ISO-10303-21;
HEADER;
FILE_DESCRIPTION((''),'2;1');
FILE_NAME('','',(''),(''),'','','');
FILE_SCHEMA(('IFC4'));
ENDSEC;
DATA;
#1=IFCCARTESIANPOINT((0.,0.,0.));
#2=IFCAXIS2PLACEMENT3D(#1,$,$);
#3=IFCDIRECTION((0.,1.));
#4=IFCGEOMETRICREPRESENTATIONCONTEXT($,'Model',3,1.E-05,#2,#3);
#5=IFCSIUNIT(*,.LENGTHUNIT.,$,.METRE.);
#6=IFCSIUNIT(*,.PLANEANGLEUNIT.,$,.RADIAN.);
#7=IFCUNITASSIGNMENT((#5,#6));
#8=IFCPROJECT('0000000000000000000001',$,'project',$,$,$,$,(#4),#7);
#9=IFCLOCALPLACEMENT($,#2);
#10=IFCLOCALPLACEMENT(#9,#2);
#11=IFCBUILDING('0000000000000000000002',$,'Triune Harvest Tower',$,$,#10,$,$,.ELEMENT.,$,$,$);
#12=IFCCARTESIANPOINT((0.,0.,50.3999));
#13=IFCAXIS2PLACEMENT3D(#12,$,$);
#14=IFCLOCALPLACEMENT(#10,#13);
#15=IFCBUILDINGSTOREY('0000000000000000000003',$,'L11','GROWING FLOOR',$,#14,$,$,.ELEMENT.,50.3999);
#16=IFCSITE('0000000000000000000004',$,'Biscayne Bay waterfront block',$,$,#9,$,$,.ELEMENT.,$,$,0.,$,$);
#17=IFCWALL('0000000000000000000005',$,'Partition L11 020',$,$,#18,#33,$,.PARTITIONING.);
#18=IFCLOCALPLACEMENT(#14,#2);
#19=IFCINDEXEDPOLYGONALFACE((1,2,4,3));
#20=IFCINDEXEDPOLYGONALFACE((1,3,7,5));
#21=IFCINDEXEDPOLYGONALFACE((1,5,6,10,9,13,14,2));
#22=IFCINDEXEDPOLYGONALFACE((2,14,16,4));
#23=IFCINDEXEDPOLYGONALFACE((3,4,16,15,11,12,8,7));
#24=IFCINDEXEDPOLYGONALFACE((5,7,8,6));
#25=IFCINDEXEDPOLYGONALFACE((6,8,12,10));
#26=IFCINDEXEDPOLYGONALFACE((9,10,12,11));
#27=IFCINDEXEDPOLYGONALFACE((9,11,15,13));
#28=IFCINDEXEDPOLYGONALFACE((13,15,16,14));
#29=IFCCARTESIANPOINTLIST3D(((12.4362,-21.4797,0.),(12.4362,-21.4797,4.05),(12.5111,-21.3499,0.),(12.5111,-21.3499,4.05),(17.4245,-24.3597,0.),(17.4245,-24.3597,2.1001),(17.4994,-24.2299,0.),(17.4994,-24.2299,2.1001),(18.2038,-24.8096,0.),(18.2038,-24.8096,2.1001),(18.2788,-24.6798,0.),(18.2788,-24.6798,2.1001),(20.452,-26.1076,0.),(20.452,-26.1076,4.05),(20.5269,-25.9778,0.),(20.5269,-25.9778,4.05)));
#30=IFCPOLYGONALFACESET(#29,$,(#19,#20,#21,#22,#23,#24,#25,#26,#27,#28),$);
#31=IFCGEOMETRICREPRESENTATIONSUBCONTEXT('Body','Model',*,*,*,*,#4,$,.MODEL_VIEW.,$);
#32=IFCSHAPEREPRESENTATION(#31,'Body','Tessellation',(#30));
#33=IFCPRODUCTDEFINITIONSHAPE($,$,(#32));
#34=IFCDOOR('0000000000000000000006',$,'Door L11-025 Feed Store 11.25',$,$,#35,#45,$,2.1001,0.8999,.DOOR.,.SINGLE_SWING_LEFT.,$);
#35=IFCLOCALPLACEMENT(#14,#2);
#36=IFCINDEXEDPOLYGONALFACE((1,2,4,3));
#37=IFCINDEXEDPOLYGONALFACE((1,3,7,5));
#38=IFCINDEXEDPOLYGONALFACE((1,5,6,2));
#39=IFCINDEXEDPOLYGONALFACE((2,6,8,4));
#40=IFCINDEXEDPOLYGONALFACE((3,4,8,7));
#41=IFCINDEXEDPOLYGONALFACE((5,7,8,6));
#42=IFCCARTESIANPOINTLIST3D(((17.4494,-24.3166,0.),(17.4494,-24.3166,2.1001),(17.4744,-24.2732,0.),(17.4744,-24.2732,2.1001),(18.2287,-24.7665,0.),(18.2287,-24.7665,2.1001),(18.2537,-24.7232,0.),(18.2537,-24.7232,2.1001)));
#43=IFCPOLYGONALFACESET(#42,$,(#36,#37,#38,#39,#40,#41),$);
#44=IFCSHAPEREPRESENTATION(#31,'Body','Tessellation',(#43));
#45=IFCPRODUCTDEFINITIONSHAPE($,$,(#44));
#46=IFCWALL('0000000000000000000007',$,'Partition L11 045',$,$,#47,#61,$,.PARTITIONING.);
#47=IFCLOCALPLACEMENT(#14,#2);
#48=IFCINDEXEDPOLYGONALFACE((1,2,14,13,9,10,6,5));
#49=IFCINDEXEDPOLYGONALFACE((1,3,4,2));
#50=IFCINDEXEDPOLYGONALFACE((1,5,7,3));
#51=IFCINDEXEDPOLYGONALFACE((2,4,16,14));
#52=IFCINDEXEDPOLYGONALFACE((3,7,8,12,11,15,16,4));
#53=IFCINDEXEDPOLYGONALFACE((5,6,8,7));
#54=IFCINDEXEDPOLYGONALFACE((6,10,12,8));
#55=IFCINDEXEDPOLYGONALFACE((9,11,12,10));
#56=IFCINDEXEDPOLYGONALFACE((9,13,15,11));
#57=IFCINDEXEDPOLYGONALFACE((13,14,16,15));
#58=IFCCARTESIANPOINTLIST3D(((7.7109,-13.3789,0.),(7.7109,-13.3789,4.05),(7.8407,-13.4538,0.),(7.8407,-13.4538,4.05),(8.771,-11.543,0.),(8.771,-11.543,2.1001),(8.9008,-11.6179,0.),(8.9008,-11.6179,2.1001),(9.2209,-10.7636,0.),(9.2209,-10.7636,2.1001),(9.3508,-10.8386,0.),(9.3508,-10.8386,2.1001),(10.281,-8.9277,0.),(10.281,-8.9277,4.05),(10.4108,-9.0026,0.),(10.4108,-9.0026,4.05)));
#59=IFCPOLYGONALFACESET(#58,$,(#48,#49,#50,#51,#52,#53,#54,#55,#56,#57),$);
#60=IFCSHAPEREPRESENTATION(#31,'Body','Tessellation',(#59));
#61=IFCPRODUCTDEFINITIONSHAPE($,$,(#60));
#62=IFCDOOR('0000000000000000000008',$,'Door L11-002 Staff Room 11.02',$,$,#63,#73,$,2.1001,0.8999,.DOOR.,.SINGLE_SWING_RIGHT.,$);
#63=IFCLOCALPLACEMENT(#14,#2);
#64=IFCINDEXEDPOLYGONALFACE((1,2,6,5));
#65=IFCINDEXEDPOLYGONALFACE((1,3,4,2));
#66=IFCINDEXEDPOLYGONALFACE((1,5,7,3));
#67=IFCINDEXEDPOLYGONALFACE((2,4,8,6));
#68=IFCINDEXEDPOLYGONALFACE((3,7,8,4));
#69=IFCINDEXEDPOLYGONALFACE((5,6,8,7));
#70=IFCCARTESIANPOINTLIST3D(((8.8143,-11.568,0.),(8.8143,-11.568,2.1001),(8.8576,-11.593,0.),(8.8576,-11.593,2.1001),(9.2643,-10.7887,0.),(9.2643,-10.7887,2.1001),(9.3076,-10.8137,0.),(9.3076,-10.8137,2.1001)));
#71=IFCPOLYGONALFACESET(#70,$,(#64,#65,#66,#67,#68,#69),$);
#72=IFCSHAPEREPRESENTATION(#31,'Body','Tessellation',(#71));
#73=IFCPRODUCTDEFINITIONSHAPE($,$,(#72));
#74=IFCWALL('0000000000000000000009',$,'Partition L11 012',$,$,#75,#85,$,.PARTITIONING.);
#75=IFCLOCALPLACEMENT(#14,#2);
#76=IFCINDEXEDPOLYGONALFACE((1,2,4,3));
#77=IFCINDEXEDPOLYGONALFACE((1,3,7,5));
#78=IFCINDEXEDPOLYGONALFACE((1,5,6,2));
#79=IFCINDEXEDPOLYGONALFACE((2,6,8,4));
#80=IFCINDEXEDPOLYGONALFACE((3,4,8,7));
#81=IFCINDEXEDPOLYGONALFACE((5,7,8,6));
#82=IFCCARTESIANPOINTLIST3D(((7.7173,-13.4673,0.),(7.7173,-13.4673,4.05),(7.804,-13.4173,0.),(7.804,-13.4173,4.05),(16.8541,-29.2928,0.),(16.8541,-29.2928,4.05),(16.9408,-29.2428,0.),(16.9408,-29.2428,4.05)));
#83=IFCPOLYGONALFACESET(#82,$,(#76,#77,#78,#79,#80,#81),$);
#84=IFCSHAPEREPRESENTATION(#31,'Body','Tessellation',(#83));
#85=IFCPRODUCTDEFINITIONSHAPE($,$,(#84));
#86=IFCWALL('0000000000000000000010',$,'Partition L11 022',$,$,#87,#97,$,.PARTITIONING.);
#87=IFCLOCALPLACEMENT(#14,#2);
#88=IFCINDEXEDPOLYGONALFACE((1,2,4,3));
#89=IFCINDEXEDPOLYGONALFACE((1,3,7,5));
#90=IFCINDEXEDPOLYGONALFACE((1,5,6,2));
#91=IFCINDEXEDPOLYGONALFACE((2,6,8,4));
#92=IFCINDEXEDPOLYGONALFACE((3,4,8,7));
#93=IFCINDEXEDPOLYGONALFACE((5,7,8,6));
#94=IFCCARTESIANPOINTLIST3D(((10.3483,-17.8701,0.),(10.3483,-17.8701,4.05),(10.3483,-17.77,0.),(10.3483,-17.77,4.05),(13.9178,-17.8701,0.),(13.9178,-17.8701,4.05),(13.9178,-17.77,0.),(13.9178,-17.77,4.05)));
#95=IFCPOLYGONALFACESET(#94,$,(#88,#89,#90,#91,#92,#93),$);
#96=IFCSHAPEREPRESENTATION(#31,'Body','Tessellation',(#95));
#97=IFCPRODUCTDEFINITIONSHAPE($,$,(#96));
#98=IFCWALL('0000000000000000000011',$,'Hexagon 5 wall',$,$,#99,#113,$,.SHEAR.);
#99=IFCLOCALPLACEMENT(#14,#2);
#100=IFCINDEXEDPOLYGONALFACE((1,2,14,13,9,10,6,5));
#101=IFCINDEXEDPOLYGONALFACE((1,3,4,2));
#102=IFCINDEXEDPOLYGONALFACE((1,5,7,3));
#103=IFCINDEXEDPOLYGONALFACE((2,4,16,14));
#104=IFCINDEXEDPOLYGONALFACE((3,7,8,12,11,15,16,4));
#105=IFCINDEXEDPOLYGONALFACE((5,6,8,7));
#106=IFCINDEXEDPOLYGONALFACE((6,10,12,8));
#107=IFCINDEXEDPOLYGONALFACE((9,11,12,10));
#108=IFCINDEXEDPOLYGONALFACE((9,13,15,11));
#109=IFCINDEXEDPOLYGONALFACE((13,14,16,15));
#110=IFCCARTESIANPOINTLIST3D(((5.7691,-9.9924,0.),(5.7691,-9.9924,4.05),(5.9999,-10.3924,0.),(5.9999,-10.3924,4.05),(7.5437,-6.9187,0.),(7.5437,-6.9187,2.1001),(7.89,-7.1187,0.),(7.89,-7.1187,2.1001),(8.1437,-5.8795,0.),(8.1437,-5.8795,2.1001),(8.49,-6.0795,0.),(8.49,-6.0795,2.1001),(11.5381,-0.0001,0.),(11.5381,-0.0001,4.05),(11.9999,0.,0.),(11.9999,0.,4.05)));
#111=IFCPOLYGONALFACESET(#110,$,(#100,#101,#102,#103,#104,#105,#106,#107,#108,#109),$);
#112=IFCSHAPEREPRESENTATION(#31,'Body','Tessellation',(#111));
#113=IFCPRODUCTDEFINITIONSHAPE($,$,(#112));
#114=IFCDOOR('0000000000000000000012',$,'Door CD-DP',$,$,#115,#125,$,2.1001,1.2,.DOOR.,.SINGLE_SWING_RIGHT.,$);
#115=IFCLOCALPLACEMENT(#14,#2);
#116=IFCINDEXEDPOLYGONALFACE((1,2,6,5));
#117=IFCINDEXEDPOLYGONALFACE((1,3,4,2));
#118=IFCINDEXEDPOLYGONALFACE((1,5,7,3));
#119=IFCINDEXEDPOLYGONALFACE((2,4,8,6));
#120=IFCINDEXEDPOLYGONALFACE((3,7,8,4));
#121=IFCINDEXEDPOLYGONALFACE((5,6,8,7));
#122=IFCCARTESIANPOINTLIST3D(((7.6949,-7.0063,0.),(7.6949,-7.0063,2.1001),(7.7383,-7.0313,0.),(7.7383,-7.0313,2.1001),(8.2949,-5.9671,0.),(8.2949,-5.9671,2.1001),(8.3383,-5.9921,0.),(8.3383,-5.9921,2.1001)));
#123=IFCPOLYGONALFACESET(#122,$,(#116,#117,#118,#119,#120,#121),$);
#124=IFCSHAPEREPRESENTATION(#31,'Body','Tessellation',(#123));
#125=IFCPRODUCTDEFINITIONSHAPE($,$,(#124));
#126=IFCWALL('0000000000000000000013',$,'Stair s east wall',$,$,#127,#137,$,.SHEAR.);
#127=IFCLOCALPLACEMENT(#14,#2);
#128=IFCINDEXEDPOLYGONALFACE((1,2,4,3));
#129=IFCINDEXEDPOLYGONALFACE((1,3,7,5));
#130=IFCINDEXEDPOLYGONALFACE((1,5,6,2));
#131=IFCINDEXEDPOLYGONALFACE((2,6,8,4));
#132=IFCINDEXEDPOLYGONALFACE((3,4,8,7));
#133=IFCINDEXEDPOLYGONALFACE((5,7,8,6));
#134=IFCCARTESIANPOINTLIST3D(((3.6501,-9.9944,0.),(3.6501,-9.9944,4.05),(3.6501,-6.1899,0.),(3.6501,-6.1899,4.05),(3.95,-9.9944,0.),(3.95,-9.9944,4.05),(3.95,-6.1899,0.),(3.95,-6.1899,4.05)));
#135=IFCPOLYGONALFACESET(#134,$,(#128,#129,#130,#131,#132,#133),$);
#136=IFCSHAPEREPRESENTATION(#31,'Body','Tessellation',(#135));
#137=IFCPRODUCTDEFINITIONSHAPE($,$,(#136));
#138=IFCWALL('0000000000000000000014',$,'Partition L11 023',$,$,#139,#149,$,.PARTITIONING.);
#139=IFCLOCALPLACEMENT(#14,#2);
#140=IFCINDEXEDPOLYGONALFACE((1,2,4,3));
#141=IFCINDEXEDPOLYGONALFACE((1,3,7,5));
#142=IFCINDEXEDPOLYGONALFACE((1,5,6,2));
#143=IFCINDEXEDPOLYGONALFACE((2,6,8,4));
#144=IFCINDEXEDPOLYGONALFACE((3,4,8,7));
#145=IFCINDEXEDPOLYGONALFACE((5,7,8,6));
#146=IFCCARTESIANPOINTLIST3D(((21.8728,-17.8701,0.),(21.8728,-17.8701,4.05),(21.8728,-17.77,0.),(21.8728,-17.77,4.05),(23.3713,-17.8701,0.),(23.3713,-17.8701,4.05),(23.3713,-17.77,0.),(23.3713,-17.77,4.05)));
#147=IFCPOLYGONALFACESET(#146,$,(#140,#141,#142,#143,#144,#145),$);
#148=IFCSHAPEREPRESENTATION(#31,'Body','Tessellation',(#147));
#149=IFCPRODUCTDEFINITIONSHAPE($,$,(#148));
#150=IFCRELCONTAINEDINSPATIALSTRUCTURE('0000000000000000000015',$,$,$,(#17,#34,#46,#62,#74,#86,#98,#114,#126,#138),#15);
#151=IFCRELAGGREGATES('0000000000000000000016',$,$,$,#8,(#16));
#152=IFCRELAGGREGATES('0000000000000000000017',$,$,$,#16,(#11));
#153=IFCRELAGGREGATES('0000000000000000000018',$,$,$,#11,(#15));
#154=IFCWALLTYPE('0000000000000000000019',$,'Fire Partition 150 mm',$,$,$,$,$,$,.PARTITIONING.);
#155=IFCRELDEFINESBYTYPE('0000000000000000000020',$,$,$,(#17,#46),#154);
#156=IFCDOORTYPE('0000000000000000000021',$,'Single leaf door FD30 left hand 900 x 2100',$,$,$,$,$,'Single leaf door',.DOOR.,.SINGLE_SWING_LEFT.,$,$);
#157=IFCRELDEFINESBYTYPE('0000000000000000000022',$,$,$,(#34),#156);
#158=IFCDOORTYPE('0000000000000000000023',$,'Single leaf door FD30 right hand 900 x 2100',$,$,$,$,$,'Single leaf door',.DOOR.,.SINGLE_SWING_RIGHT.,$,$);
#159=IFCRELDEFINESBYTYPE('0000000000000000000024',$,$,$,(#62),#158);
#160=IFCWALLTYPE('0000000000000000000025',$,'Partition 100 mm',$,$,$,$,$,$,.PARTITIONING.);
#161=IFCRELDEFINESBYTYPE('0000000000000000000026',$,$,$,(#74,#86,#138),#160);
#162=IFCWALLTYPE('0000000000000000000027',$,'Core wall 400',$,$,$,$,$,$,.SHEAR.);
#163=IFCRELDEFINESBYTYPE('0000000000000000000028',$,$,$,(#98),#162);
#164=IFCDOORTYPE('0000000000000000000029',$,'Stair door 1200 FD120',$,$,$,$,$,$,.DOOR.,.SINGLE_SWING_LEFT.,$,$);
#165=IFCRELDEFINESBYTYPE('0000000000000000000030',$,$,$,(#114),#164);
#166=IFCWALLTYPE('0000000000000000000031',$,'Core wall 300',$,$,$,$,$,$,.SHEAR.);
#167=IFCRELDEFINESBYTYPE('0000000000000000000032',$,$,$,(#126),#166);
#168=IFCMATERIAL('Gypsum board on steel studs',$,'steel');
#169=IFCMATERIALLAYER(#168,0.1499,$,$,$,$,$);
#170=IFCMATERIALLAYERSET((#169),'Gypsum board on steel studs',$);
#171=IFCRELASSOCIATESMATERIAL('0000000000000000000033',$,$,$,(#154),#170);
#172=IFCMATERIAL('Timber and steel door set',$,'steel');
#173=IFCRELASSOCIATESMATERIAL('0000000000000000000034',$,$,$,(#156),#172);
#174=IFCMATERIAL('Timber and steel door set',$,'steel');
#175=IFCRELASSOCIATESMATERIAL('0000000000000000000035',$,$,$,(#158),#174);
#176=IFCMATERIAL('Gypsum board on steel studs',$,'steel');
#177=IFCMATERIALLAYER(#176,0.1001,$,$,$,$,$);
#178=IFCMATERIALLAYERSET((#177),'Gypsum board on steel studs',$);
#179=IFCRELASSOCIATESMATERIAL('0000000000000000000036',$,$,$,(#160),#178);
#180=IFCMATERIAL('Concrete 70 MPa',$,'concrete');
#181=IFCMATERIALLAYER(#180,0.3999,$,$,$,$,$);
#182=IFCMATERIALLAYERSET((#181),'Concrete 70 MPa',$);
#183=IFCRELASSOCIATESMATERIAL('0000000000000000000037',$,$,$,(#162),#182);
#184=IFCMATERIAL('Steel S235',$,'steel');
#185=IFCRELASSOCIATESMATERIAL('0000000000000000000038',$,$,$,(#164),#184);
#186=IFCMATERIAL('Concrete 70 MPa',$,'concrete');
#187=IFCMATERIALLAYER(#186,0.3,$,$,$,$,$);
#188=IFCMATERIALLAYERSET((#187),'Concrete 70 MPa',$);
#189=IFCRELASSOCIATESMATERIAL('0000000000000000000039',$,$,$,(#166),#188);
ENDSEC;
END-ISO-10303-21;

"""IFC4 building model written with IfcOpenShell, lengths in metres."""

from ifc_helpers import new_model, si_unit, direction, frame, frame_2d, origin, place, context, subcontext, project, spatial, polyline, rectangle, outline, extrude, source, transform, mapped, material, layer, layer_set, type_object, element, fill, save


model = new_model("IFC4")

# Units and contexts
model_context = context("Model", 3, precision=1e-05, world=origin(), true_north=direction((0.0, 1.0)))
body_context = subcontext(model_context, "Body", "Model", "MODEL_VIEW")
ifc_project = project(units=[si_unit("LENGTHUNIT", "METRE"), si_unit("PLANEANGLEUNIT", "RADIAN")], contexts=[model_context])

# Site, building, storey
site_placement = place(None, origin())
site = spatial("IfcSite", under=ifc_project, at=site_placement, Name="Biscayne Bay waterfront block", CompositionType="ELEMENT", RefElevation=0.0)
building_placement = place(site_placement, origin())
building = spatial("IfcBuilding", under=site, at=building_placement, Name="Triune Harvest Tower", CompositionType="ELEMENT")
storey_placement = place(building_placement, frame((0.0, 0.0, 50.3999)))
storey = spatial("IfcBuildingStorey", under=building, at=storey_placement, Name="L11", Description="GROWING FLOOR", CompositionType="ELEMENT", Elevation=50.3999)

# Walls, openings, doors
ifc_material_1 = material(Name="Gypsum board on steel studs", Category="steel")
ifc_layer_1 = layer(ifc_material_1, 0.1499)
ifc_layer_set_1 = layer_set([ifc_layer_1], Name="Gypsum board on steel studs")
wall_type_1 = type_object("IfcWallType", Name="Fire Partition 150 mm", PredefinedType="PARTITIONING", material=ifc_layer_set_1)
wall_1_placement = place(storey_placement, frame((12.4736, -21.4148, 0.0), z_axis=(0.0, 0.0, 1.0), x_axis=(0.866027, -0.499997, 0.0)))
wall_1 = element("IfcWall", 1, at=wall_1_placement, inside=storey, type_object=wall_type_1, Name="Partition L11 020", PredefinedType="PARTITIONING", context=body_context, shape_type="SweptSolid", body=[
    extrude(rectangle(XDim=9.2559, YDim=0.1499, at=frame_2d((4.6279, 0.0))), origin(), (0.0, 0.0, 1.0), 4.05),
])
opening_1_placement = place(wall_1_placement, frame((5.76, 0.0, 0.0)))
opening_1 = element("IfcOpeningElement", 2, at=opening_1_placement, cuts=wall_1, PredefinedType="OPENING", context=body_context, shape_type="SweptSolid", body=[
    extrude(rectangle(XDim=0.8999, YDim=2.1001, at=frame_2d((0.45, 1.05))), frame((0.0, 0.085, 0.0), z_axis=(0.0, -1.0, 0.0), x_axis=(1.0, 0.0, 0.0)), (0.0, 0.0, 1.0), 0.1699),
])
ifc_material_2 = material(Name="Timber and steel door set", Category="steel")
door_type_1 = type_object("IfcDoorType", Name="Single leaf door FD30 left hand 900 x 2100", ElementType="Single leaf door", OperationType="SINGLE_SWING_LEFT", PredefinedType="DOOR", material=ifc_material_2)
door_1_placement = place(opening_1_placement, origin())
door_1 = element("IfcDoor", 3, at=door_1_placement, inside=storey, type_object=door_type_1, Name="Door L11-025 Feed Store 11.25", OperationType="SINGLE_SWING_LEFT", OverallHeight=2.1001, OverallWidth=0.8999, PredefinedType="DOOR", context=body_context, shape_type="SweptSolid", body=[
    extrude(rectangle(XDim=0.8999, YDim=2.1001, at=frame_2d((0.45, 1.05))), frame((0.0, 0.0249, 0.0), z_axis=(0.0, -1.0, 0.0), x_axis=(1.0, 0.0, 0.0)), (0.0, 0.0, 1.0), 0.05),
])
fill(opening_1, door_1)
wall_2_placement = place(storey_placement, frame((7.7759, -13.4163, 0.0), z_axis=(0.0, 0.0, 1.0), x_axis=(0.500027, 0.86601, 0.0)))
wall_2 = element("IfcWall", 4, at=wall_2_placement, inside=storey, type_object=wall_type_1, Name="Partition L11 045", PredefinedType="PARTITIONING", context=body_context, shape_type="SweptSolid", body=[
    extrude(rectangle(XDim=5.1399, YDim=0.1499, at=frame_2d((2.5698, 0.0))), origin(), (0.0, 0.0, 1.0), 4.05),
])
opening_2_placement = place(wall_2_placement, frame((2.1199, 0.0, 0.0)))
opening_2 = element("IfcOpeningElement", 5, at=opening_2_placement, cuts=wall_2, PredefinedType="OPENING", context=body_context, shape_type="SweptSolid", body=[
    extrude(rectangle(XDim=0.8999, YDim=2.1001, at=frame_2d((0.45, 1.05))), frame((0.0, 0.085, 0.0), z_axis=(0.0, -1.0, 0.0), x_axis=(1.0, 0.0, 0.0)), (0.0, 0.0, 1.0), 0.1699),
])
ifc_material_3 = material(Name="Timber and steel door set", Category="steel")
door_type_2 = type_object("IfcDoorType", Name="Single leaf door FD30 right hand 900 x 2100", ElementType="Single leaf door", OperationType="SINGLE_SWING_RIGHT", PredefinedType="DOOR", material=ifc_material_3)
door_2_placement = place(opening_2_placement, origin())
door_2 = element("IfcDoor", 6, at=door_2_placement, inside=storey, type_object=door_type_2, Name="Door L11-002 Staff Room 11.02", OperationType="SINGLE_SWING_RIGHT", OverallHeight=2.1001, OverallWidth=0.8999, PredefinedType="DOOR", context=body_context, shape_type="SweptSolid", body=[
    extrude(rectangle(XDim=0.8999, YDim=2.1001, at=frame_2d((0.45, 1.05))), frame((0.0, 0.0249, 0.0), z_axis=(0.0, -1.0, 0.0), x_axis=(1.0, 0.0, 0.0)), (0.0, 0.0, 1.0), 0.05),
])
fill(opening_2, door_2)

# Walls
ifc_material_4 = material(Name="Gypsum board on steel studs", Category="steel")
ifc_layer_2 = layer(ifc_material_4, 0.1001)
ifc_layer_set_2 = layer_set([ifc_layer_2], Name="Gypsum board on steel studs")
wall_type_2 = type_object("IfcWallType", Name="Partition 100 mm", PredefinedType="PARTITIONING", material=ifc_layer_set_2)
wall_3_placement = place(storey_placement, frame((7.7607, -13.4424, 0.0), z_axis=(0.0, 0.0, 1.0), x_axis=(0.499996, -0.866028, 0.0)))
element("IfcWall", 7, at=wall_3_placement, inside=storey, type_object=wall_type_2, Name="Partition L11 012", PredefinedType="PARTITIONING", context=body_context, shape_type="SweptSolid", body=[
    extrude(rectangle(XDim=18.2737, YDim=0.1001, at=frame_2d((9.1367, 0.0))), origin(), (0.0, 0.0, 1.0), 4.05),
])
wall_4_placement = place(storey_placement, frame((10.3484, -17.8201, 0.0), z_axis=(0.0, 0.0, 1.0), x_axis=(1.0, 0.0, 0.0)))
element("IfcWall", 8, at=wall_4_placement, inside=storey, type_object=wall_type_2, Name="Partition L11 022", PredefinedType="PARTITIONING", context=body_context, shape_type="SweptSolid", body=[
    extrude(rectangle(XDim=3.5696, YDim=0.1001, at=frame_2d((1.7847, 0.0))), origin(), (0.0, 0.0, 1.0), 4.05),
])

# Wall, opening, door
ifc_material_5 = material(Name="Concrete 70 MPa", Category="concrete")
ifc_layer_3 = layer(ifc_material_5, 0.3999)
ifc_layer_set_3 = layer_set([ifc_layer_3], Name="Concrete 70 MPa")
wall_type_3 = type_object("IfcWallType", Name="Core wall 400", PredefinedType="SHEAR", material=ifc_layer_set_3)
shared_shape_1 = source(origin(), body_context, "Body", "SweptSolid", [
    extrude(outline(polyline([(-0.1155, -0.2), (11.8845, -0.2), (11.6536, 0.2), (0.1155, 0.2), (-0.1155, -0.2)])), origin(), (0.0, 0.0, 1.0), 4.05),
])
wall_5_placement = place(storey_placement, frame((5.8845, -10.1924, 0.0), z_axis=(0.0, 0.0, 1.0), x_axis=(0.499997, 0.866027, 0.0)))
wall_5 = element("IfcWall", 9, at=wall_5_placement, inside=storey, type_object=wall_type_3, Name="Hexagon 5 wall", PredefinedType="SHEAR", context=body_context, shape_type="MappedRepresentation", body=[
    mapped(shared_shape_1, transform((0.0, 0.0, 0.0), scale=1.0)),
])
opening_3_placement = place(wall_5_placement, frame((3.6646, 0.0, 0.0)))
opening_3 = element("IfcOpeningElement", 10, at=opening_3_placement, cuts=wall_5, PredefinedType="OPENING", context=body_context, shape_type="SweptSolid", body=[
    extrude(rectangle(XDim=1.2, YDim=2.1001, at=frame_2d((0.6001, 1.05))), frame((0.0, 0.21, 0.0), z_axis=(0.0, -1.0, 0.0), x_axis=(1.0, 0.0, 0.0)), (0.0, 0.0, 1.0), 0.4199),
])
ifc_material_6 = material(Name="Steel S235", Category="steel")
door_type_3 = type_object("IfcDoorType", Name="Stair door 1200 FD120", OperationType="SINGLE_SWING_LEFT", PredefinedType="DOOR", material=ifc_material_6)
door_3_placement = place(opening_3_placement, frame((1.2, 0.0, 0.0), z_axis=(0.0, 0.0, 1.0), x_axis=(-1.0, 0.0, 0.0)))
door_3 = element("IfcDoor", 11, at=door_3_placement, inside=storey, type_object=door_type_3, Name="Door CD-DP", OperationType="SINGLE_SWING_RIGHT", OverallHeight=2.1001, OverallWidth=1.2, PredefinedType="DOOR", context=body_context, shape_type="SweptSolid", body=[
    extrude(rectangle(XDim=1.2, YDim=2.1001, at=frame_2d((0.6001, 1.05))), frame((0.0, 0.0249, 0.0), z_axis=(0.0, -1.0, 0.0), x_axis=(1.0, 0.0, 0.0)), (0.0, 0.0, 1.0), 0.05),
])
fill(opening_3, door_3)

# Walls
ifc_material_7 = material(Name="Concrete 70 MPa", Category="concrete")
ifc_layer_4 = layer(ifc_material_7, 0.3)
ifc_layer_set_4 = layer_set([ifc_layer_4], Name="Concrete 70 MPa")
wall_type_4 = type_object("IfcWallType", Name="Core wall 300", PredefinedType="SHEAR", material=ifc_layer_set_4)
shared_shape_2 = source(origin(), body_context, "Body", "SweptSolid", [
    extrude(outline(polyline([(3.8, -0.1499), (-0.0044, -0.1499), (-0.0044, 0.1499), (3.8, 0.1499), (3.8, -0.1499)])), origin(), (0.0, 0.0, 1.0), 4.05),
])
wall_6_placement = place(storey_placement, frame((3.8, -9.99, 0.0), z_axis=(0.0, 0.0, 1.0), x_axis=(0.0, 1.0, 0.0)))
element("IfcWall", 12, at=wall_6_placement, inside=storey, type_object=wall_type_4, Name="Stair s east wall", PredefinedType="SHEAR", context=body_context, shape_type="MappedRepresentation", body=[
    mapped(shared_shape_2, transform((0.0, 0.0, 0.0), scale=1.0)),
])
shared_shape_3 = source(origin(), body_context, "Body", "SweptSolid", [
    extrude(rectangle(XDim=1.4985, YDim=0.1001, at=frame_2d((0.7493, 0.0))), origin(), (0.0, 0.0, 1.0), 4.05),
])
wall_7_placement = place(storey_placement, frame((21.8728, -17.8201, 0.0), z_axis=(0.0, 0.0, 1.0), x_axis=(1.0, 0.0, 0.0)))
element("IfcWall", 13, at=wall_7_placement, inside=storey, type_object=wall_type_2, Name="Partition L11 023", PredefinedType="PARTITIONING", context=body_context, shape_type="MappedRepresentation", body=[
    mapped(shared_shape_3, transform((0.0, 0.0, 0.0), scale=1.0)),
])

save(model, "model.ifc")
